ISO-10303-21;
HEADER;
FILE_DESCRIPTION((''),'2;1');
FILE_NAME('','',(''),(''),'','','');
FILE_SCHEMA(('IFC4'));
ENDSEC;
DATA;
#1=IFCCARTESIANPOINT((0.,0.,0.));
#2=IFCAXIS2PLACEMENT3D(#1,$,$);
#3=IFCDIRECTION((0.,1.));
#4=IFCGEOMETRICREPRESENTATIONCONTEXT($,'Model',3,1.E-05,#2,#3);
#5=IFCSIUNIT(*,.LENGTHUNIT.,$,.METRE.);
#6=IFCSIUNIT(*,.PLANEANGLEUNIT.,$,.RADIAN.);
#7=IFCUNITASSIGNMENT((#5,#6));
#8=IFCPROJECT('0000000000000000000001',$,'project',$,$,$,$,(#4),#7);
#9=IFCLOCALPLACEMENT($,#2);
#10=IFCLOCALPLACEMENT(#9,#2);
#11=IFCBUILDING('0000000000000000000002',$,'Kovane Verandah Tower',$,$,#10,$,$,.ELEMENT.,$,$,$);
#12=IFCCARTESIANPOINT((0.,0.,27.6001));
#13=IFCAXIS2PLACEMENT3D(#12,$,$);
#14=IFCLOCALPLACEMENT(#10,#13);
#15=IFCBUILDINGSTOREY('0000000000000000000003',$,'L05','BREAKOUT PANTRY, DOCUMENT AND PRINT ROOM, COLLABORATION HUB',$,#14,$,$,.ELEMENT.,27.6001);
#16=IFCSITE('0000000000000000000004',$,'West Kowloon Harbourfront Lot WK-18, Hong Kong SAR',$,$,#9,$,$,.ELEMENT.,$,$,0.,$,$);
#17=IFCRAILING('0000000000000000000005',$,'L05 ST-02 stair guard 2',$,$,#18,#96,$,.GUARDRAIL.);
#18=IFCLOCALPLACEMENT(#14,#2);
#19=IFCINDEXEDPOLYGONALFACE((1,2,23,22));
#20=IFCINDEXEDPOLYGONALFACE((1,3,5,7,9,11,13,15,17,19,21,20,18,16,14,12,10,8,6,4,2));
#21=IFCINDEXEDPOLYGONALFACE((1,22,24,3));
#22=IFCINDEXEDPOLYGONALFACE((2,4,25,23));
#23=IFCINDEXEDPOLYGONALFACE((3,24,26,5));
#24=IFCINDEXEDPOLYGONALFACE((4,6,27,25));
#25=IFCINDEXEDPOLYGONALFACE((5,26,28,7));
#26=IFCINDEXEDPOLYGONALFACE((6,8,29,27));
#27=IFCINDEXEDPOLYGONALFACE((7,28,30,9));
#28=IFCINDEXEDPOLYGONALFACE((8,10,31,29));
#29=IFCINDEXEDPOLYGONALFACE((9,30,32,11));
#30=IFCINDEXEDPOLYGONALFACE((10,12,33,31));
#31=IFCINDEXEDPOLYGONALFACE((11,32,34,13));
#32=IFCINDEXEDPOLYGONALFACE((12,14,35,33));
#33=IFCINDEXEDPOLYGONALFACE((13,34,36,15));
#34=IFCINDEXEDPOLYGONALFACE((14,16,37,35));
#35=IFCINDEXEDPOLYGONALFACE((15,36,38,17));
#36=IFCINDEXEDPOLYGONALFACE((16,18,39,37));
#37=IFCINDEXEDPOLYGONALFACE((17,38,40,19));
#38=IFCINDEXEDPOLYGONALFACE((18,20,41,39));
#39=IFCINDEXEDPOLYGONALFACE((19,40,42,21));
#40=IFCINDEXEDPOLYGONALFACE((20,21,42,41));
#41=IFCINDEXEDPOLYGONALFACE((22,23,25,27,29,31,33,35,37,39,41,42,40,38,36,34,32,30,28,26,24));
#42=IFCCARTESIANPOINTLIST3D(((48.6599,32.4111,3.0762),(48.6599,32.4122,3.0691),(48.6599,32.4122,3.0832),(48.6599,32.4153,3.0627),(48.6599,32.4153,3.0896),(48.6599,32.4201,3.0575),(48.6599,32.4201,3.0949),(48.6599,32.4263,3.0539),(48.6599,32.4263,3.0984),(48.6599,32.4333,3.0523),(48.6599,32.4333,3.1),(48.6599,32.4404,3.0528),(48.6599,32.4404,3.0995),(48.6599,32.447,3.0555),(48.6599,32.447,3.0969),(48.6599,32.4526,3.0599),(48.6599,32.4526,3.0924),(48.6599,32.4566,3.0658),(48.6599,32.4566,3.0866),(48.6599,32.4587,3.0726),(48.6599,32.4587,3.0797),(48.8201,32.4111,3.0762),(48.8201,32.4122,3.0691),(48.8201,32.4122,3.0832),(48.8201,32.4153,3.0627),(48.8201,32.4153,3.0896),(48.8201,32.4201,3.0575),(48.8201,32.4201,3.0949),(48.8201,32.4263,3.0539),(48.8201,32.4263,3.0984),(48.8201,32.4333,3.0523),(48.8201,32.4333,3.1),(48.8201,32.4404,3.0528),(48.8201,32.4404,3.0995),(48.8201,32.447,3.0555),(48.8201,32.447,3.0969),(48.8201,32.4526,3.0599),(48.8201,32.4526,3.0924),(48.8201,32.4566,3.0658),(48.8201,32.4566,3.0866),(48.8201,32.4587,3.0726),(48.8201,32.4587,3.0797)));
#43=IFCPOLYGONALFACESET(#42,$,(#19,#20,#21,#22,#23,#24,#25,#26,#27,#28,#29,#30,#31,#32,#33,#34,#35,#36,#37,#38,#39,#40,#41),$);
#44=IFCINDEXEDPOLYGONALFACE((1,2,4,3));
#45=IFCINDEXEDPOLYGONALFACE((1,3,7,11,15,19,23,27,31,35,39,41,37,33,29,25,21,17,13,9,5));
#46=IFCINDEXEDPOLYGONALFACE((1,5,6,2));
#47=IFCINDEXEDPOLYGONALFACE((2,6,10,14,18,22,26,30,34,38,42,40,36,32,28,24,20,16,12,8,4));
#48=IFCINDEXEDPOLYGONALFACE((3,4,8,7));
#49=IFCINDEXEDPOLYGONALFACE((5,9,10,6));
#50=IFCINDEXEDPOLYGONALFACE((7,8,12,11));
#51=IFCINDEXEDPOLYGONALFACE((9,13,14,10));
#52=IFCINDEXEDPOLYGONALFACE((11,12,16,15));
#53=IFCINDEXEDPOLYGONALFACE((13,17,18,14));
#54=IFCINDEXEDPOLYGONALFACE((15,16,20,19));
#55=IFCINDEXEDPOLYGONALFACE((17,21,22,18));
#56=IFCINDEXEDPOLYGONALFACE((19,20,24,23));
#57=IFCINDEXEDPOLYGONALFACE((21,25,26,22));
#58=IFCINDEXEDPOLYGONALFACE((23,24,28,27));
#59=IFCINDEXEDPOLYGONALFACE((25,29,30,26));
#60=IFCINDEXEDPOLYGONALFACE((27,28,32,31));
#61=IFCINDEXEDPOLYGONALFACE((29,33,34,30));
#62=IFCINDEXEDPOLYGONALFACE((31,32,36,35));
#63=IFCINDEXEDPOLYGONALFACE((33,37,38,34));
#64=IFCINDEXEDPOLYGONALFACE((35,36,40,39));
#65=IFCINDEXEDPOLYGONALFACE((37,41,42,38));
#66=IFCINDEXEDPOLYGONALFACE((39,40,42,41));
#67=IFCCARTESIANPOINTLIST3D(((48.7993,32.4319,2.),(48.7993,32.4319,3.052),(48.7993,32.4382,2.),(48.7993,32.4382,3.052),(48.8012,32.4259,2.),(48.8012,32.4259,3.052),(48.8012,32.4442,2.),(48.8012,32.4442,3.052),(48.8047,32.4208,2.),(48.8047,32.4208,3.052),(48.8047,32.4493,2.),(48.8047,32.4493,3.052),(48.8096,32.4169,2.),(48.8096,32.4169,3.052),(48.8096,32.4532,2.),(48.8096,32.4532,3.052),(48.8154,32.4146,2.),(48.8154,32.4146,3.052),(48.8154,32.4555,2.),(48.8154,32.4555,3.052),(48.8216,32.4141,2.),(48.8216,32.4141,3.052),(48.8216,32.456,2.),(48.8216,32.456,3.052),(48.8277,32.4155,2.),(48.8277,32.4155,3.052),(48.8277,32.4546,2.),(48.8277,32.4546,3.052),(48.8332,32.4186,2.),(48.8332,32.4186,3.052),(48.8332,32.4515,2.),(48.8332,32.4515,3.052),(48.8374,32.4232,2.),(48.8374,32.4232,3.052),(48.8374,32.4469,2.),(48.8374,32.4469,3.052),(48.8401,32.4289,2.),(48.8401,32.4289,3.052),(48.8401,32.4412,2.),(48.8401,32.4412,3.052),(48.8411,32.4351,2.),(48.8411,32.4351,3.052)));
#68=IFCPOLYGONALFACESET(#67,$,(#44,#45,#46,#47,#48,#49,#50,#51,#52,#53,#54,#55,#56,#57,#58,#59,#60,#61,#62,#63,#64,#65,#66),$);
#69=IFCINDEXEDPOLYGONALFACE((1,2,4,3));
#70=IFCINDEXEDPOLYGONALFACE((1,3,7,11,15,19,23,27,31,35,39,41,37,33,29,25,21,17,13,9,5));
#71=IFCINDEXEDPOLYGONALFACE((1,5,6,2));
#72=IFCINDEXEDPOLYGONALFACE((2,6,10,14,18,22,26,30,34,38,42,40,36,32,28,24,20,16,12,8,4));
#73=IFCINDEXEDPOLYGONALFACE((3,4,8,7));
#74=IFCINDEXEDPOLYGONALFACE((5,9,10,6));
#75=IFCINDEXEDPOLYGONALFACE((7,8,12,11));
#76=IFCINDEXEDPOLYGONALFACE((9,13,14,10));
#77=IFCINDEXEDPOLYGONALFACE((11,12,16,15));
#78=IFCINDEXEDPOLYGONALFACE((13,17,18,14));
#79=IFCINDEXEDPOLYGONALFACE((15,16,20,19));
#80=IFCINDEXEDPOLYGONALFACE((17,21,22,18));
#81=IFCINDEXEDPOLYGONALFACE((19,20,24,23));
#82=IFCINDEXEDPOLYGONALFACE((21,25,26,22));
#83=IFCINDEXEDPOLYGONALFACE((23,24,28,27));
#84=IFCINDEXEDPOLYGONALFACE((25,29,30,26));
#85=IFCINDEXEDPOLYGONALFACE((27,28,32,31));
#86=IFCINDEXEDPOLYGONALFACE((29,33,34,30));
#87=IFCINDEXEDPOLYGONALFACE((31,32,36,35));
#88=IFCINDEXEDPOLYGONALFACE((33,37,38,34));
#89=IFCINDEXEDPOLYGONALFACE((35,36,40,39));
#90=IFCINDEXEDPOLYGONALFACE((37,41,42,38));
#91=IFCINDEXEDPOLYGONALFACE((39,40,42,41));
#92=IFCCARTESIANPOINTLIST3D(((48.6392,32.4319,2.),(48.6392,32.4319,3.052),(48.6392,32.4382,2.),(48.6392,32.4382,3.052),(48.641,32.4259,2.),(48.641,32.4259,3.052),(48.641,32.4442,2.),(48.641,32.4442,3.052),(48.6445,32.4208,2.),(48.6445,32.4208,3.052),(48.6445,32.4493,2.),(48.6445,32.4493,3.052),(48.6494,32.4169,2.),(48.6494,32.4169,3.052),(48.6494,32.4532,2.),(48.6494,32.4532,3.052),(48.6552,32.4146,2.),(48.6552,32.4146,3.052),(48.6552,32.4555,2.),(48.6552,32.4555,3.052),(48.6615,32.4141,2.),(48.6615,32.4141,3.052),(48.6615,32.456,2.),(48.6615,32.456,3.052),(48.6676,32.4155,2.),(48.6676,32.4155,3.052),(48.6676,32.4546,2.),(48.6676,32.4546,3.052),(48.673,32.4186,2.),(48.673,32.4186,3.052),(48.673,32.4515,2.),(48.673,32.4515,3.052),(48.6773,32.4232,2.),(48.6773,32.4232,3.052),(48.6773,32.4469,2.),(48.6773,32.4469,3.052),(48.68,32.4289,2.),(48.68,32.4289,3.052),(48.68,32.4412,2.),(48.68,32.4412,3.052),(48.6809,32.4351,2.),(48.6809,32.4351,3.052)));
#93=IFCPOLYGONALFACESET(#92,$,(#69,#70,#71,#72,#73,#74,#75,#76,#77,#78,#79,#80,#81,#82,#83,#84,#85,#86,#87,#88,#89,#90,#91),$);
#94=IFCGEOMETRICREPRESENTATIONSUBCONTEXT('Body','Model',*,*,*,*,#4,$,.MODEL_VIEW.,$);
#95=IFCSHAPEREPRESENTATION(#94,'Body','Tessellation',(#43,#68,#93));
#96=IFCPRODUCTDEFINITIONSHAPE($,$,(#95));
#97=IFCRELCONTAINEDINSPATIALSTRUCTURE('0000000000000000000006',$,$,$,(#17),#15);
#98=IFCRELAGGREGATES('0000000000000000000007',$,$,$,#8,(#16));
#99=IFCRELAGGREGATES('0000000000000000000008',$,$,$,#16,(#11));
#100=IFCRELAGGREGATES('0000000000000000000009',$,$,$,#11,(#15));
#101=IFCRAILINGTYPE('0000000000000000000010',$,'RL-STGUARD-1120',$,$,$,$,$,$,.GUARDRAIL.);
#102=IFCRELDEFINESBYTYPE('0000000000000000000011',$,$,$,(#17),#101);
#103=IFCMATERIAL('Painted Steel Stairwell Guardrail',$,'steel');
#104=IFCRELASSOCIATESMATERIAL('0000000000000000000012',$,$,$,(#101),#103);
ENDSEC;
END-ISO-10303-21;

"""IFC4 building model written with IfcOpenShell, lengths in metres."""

from ifc_helpers import new_model, si_unit, direction, frame, origin, origin_2d, place, context, subcontext, project, spatial, circle, extrude, material, type_object, element, save


model = new_model("IFC4")

# Units and contexts
model_context = context("Model", 3, precision=1e-05, world=origin(), true_north=direction((0.0, 1.0)))
body_context = subcontext(model_context, "Body", "Model", "MODEL_VIEW")
ifc_project = project(units=[si_unit("LENGTHUNIT", "METRE"), si_unit("PLANEANGLEUNIT", "RADIAN")], contexts=[model_context])

# Site, building, storey
site_placement = place(None, origin())
site = spatial("IfcSite", under=ifc_project, at=site_placement, Name="West Kowloon Harbourfront Lot WK-18, Hong Kong SAR", CompositionType="ELEMENT", RefElevation=0.0)
building_placement = place(site_placement, origin())
building = spatial("IfcBuilding", under=site, at=building_placement, Name="Kovane Verandah Tower", CompositionType="ELEMENT")
storey_placement = place(building_placement, frame((0.0, 0.0, 27.6001)))
storey = spatial("IfcBuildingStorey", under=building, at=storey_placement, Name="L05", Description="BREAKOUT PANTRY, DOCUMENT AND PRINT ROOM, COLLABORATION HUB", CompositionType="ELEMENT", Elevation=27.6001)

# Railing
ifc_material_1 = material(Name="Painted Steel Stairwell Guardrail", Category="steel")
railing_type_1 = type_object("IfcRailingType", Name="RL-STGUARD-1120", PredefinedType="GUARDRAIL", material=ifc_material_1)
railing_1_placement = place(storey_placement, frame((48.8201, 32.4351, 2.0)))
element("IfcRailing", 1, at=railing_1_placement, inside=storey, type_object=railing_type_1, Name="L05 ST-02 stair guard 2", PredefinedType="GUARDRAIL", context=body_context, shape_type="SweptSolid", body=[
    extrude(circle(Radius=0.0239, at=origin_2d()), frame((0.0, 0.0, 1.0762), z_axis=(-1.0, 0.0, 0.0), x_axis=(0.0, -1.0, 0.0)), (0.0, 0.0, 1.0), 0.1602),
    extrude(circle(Radius=0.021, at=origin_2d()), origin(), (0.0, 0.0, 1.0), 1.052),
    extrude(circle(Radius=0.021, at=origin_2d()), frame((-0.1602, 0.0, 0.0)), (0.0, 0.0, 1.0), 1.052),
])

save(model, "model.ifc")
